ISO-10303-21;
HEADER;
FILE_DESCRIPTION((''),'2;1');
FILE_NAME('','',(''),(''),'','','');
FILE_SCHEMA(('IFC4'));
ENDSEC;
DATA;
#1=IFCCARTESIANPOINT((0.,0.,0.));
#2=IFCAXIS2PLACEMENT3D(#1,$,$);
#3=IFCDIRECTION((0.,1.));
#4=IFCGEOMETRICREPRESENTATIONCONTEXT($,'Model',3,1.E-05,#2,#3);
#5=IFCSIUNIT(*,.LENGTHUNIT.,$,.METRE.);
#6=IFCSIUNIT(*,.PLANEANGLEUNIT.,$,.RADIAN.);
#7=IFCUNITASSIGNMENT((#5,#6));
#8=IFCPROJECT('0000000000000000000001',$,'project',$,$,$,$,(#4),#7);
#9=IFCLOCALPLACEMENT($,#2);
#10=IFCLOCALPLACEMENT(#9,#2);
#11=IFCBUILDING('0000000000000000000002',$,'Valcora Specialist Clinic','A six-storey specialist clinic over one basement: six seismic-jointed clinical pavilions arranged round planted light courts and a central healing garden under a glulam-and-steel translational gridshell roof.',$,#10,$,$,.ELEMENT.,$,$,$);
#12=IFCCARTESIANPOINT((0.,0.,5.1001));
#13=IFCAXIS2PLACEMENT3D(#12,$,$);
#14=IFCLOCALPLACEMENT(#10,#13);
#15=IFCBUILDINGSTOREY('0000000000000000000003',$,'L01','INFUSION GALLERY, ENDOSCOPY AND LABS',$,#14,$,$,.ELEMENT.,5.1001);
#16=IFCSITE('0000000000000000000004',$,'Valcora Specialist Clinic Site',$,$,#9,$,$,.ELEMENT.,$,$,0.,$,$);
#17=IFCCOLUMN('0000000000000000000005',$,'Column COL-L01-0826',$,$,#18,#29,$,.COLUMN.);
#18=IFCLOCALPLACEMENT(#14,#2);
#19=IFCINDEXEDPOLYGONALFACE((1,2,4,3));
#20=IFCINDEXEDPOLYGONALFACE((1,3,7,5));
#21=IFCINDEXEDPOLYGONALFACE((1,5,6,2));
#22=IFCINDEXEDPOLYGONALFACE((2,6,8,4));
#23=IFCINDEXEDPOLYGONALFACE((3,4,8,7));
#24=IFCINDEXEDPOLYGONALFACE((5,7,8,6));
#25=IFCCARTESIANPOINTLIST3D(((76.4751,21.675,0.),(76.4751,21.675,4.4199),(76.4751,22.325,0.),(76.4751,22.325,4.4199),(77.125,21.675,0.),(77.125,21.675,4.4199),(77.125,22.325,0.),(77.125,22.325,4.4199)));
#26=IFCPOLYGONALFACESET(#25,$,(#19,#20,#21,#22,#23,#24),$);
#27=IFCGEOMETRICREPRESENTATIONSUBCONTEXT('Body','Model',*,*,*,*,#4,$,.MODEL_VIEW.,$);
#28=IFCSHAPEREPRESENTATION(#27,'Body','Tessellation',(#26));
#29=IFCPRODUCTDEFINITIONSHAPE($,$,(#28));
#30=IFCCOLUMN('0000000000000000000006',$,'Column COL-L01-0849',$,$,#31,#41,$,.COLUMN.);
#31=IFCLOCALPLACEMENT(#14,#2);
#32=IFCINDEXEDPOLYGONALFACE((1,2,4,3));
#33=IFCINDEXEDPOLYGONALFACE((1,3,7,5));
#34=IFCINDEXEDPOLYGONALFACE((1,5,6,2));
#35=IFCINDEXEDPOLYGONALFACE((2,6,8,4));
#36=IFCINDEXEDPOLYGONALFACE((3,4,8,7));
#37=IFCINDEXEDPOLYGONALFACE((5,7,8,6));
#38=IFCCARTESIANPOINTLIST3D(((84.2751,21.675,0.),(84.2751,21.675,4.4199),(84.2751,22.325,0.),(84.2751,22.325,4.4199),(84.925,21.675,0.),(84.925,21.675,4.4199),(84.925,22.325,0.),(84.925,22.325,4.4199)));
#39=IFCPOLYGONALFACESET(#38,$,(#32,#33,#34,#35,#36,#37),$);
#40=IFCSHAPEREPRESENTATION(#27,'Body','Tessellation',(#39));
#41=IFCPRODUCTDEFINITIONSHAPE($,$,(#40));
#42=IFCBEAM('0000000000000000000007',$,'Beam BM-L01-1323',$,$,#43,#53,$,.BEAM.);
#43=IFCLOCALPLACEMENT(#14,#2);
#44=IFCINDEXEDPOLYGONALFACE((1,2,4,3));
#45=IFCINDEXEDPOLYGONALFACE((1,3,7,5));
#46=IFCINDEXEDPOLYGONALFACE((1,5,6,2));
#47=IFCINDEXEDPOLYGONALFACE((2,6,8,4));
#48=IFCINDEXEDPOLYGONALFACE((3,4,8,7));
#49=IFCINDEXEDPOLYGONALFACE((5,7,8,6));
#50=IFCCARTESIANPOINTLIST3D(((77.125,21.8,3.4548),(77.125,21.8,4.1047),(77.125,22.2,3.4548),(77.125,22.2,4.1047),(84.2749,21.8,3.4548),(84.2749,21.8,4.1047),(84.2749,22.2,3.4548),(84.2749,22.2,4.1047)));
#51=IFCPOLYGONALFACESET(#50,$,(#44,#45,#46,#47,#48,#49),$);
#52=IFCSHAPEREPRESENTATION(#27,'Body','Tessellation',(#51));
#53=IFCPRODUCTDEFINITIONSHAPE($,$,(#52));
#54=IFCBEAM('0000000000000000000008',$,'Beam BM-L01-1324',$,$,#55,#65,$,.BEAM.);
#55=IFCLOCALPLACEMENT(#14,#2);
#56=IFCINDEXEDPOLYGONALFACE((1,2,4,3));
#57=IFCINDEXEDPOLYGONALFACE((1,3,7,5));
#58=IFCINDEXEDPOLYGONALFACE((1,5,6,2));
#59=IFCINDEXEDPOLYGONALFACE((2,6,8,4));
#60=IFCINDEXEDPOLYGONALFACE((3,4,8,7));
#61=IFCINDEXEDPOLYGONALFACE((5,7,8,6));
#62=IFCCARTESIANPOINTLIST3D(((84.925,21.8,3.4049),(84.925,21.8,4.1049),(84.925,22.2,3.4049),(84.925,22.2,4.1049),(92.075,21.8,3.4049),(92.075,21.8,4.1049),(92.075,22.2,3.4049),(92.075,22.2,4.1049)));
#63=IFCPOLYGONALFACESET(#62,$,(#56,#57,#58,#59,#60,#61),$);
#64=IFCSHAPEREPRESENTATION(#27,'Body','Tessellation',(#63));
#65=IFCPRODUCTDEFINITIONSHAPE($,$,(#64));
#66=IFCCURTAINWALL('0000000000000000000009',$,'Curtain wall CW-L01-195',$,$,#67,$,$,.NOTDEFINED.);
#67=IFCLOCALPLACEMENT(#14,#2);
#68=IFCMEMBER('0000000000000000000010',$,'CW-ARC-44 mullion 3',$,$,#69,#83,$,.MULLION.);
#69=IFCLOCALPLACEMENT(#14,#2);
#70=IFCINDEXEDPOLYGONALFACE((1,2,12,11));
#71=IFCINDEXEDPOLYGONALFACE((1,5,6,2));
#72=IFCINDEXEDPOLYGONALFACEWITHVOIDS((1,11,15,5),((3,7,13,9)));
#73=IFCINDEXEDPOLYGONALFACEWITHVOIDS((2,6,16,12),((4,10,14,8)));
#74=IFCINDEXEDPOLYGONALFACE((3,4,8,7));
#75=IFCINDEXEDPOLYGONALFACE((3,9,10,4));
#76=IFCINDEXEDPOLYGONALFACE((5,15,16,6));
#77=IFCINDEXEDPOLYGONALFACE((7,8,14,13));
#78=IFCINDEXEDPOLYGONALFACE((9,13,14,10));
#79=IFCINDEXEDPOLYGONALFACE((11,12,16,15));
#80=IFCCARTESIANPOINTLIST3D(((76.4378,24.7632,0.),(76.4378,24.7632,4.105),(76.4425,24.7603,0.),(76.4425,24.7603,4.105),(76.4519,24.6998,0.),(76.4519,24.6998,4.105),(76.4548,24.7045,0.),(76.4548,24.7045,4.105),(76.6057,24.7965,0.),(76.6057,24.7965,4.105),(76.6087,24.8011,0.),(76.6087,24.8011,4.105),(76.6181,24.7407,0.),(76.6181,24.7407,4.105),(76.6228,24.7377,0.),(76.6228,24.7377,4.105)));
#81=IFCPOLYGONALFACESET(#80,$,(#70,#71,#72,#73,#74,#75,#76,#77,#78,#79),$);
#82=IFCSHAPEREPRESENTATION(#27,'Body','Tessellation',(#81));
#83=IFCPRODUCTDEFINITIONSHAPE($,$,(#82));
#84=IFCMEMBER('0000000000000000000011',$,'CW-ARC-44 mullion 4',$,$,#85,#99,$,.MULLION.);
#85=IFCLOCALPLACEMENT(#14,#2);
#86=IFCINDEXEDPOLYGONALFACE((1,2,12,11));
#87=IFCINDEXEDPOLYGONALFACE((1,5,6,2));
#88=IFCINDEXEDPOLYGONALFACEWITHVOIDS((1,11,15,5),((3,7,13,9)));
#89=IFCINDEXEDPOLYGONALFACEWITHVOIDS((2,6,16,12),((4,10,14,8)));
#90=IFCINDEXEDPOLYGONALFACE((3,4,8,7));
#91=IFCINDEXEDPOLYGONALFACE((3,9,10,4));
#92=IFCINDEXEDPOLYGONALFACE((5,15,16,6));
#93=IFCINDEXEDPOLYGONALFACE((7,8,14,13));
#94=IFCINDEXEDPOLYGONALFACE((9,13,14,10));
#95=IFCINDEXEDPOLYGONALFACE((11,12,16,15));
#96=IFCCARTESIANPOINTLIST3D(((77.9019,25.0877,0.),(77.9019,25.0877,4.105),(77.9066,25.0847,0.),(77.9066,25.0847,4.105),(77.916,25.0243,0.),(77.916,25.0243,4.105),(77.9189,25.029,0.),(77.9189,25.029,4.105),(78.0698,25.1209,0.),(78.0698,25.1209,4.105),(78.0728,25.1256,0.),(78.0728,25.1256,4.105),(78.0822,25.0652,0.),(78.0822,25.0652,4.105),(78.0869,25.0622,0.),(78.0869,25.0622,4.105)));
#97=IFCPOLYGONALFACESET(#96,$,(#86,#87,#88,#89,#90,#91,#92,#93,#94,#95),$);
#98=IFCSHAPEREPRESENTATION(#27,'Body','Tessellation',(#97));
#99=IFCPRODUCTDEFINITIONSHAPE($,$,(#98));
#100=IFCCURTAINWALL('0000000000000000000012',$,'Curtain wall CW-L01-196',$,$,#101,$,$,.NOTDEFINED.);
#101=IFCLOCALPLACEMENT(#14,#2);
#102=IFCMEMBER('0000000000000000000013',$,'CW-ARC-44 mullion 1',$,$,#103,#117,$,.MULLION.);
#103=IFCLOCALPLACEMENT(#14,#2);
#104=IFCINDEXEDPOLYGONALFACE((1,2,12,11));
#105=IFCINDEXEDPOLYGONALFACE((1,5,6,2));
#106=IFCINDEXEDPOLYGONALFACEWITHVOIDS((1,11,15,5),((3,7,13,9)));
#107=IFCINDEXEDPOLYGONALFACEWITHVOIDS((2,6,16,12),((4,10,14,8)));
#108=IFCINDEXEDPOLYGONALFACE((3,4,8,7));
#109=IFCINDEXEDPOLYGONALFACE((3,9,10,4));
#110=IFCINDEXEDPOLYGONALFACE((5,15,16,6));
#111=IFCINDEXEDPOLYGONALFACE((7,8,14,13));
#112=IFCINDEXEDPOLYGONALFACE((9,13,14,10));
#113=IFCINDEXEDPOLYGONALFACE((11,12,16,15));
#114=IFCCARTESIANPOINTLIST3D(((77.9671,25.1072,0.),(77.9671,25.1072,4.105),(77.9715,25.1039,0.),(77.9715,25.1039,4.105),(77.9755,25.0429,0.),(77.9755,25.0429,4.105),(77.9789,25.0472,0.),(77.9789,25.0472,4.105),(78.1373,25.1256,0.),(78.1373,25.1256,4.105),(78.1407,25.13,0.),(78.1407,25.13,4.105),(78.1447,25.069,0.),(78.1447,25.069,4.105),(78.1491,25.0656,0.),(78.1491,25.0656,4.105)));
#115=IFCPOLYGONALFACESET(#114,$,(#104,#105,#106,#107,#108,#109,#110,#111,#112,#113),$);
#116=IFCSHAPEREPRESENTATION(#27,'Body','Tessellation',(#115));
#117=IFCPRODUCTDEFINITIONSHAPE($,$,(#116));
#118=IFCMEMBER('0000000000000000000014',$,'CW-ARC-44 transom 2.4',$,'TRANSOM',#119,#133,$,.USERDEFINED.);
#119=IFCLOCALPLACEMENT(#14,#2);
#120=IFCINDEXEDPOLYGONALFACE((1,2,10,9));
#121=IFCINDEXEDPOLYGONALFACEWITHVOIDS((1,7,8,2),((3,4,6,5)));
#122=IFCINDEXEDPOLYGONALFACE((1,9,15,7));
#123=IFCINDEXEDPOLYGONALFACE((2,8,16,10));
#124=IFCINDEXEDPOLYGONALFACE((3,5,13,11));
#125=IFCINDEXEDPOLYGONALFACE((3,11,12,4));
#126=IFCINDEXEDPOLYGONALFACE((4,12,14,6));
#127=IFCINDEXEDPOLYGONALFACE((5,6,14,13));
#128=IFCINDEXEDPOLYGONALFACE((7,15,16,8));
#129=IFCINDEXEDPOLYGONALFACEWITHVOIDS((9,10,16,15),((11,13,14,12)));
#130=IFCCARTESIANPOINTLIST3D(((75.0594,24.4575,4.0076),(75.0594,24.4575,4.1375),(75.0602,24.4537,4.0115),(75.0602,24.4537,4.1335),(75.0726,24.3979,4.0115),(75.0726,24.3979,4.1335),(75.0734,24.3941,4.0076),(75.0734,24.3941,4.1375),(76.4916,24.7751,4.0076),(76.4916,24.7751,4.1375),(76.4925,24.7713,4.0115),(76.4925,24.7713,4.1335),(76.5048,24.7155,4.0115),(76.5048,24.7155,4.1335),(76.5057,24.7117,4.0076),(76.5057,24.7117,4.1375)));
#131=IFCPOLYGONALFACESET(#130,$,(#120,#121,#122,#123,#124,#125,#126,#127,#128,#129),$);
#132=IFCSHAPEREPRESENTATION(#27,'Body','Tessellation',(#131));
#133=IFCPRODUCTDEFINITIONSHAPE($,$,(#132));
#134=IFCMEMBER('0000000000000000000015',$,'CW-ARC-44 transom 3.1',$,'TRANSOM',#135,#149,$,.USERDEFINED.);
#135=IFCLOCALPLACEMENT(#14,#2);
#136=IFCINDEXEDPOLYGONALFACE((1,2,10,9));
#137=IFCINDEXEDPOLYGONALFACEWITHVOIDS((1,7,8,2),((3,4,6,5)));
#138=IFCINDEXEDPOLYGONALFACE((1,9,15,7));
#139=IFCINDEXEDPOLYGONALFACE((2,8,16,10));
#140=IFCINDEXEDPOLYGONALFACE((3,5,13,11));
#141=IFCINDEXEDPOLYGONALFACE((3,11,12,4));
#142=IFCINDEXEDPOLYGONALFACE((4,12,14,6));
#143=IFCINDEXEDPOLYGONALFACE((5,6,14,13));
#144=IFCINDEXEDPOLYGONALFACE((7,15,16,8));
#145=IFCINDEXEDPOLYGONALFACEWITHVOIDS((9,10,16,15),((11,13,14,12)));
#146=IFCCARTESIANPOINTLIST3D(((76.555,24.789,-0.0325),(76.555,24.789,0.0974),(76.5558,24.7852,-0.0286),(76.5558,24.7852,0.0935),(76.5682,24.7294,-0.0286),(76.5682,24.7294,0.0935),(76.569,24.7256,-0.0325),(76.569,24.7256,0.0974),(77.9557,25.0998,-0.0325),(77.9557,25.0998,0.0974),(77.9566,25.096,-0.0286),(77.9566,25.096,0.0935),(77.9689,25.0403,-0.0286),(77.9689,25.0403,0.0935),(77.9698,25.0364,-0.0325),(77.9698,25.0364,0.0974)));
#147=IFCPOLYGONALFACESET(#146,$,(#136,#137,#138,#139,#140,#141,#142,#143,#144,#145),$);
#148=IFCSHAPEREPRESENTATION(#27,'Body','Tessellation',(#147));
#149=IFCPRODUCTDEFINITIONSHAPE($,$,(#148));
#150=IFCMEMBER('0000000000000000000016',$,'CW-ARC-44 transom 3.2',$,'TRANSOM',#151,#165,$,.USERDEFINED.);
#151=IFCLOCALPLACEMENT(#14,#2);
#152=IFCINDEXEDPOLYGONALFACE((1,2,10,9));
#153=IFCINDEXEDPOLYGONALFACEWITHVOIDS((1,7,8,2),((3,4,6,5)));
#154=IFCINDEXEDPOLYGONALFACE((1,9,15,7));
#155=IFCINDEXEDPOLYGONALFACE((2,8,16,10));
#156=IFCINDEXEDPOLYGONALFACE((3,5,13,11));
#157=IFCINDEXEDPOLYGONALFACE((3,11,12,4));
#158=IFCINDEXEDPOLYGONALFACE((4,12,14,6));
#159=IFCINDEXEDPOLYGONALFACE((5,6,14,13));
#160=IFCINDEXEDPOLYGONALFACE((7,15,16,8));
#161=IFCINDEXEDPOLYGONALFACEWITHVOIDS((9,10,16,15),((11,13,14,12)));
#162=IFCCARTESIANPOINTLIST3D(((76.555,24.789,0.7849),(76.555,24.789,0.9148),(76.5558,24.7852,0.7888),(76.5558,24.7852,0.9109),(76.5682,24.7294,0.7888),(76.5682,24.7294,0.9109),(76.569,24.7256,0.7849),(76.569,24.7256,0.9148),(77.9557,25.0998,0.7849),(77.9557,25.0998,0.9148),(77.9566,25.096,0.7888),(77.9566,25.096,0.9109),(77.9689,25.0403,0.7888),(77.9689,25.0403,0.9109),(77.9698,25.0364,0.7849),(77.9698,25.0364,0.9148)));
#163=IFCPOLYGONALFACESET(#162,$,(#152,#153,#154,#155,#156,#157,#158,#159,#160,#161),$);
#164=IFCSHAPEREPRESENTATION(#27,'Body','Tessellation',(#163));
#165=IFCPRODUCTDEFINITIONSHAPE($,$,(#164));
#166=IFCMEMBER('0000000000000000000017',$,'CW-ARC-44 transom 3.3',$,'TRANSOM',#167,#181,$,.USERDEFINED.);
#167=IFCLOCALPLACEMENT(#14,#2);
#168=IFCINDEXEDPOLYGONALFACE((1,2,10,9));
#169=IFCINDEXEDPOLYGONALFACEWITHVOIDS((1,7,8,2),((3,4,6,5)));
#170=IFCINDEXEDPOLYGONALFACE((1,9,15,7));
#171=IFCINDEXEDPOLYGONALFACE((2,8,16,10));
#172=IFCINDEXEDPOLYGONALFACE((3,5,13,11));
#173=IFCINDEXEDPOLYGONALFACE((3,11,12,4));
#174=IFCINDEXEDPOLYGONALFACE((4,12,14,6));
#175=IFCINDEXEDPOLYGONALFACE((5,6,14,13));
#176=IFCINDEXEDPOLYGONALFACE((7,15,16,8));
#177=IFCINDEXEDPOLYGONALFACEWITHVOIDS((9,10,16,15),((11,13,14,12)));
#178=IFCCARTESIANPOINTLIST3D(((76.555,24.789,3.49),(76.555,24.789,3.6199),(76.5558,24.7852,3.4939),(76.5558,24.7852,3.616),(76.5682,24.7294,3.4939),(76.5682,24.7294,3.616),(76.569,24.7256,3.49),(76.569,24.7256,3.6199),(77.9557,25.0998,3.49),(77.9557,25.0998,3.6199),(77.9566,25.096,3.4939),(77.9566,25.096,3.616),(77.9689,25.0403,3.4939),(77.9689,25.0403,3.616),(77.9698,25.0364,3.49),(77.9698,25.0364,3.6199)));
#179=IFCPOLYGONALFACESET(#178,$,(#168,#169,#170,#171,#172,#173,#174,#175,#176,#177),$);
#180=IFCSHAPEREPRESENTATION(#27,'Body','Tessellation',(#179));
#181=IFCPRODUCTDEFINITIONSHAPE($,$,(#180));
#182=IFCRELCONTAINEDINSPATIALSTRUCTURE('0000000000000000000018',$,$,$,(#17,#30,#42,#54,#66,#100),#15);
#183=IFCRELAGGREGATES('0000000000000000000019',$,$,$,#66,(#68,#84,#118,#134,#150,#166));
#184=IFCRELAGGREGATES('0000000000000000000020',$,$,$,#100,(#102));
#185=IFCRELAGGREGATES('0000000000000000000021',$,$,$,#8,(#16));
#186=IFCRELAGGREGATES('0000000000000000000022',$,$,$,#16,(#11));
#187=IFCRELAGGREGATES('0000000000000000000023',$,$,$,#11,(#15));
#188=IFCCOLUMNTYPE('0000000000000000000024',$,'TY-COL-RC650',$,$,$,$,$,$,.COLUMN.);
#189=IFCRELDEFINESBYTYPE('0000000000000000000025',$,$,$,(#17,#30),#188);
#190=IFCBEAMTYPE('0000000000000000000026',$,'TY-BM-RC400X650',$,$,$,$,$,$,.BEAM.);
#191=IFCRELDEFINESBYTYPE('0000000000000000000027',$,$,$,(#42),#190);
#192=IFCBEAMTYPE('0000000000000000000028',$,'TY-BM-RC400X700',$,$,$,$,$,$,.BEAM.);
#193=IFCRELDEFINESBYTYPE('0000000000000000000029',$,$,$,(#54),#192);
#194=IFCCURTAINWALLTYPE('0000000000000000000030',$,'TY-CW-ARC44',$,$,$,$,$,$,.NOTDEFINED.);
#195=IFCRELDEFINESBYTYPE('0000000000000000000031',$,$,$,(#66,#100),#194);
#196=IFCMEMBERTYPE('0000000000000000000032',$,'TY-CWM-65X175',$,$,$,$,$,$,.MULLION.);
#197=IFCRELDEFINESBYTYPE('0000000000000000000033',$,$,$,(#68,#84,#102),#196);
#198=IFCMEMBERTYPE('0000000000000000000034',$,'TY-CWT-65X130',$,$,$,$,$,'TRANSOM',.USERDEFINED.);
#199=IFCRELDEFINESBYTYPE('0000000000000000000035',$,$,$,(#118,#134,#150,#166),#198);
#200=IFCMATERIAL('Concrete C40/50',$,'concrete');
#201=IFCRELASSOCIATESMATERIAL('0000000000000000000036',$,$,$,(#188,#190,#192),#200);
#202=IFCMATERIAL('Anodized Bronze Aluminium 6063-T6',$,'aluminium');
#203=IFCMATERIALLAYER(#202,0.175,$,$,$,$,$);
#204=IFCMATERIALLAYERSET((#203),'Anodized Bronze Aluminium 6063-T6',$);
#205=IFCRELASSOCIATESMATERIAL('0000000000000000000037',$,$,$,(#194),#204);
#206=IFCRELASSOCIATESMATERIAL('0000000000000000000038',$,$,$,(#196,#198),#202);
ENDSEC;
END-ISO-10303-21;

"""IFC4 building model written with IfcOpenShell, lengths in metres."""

from ifc_helpers import new_model, si_unit, direction, frame, origin, origin_2d, place, context, subcontext, project, spatial, rectangle, hollow_rectangle, extrude, material, layer, layer_set, material_profile, profile_set, type_object, element, aggregate, save


model = new_model("IFC4")

# Units and contexts
model_context = context("Model", 3, precision=1e-05, world=origin(), true_north=direction((0.0, 1.0)))
body_context = subcontext(model_context, "Body", "Model", "MODEL_VIEW")
ifc_project = project(units=[si_unit("LENGTHUNIT", "METRE"), si_unit("PLANEANGLEUNIT", "RADIAN")], contexts=[model_context])

# Site, building, storey
site_placement = place(None, origin())
site = spatial("IfcSite", under=ifc_project, at=site_placement, Name="Valcora Specialist Clinic Site", CompositionType="ELEMENT", RefElevation=0.0)
building_placement = place(site_placement, origin())
building = spatial("IfcBuilding", under=site, at=building_placement, Name="Valcora Specialist Clinic", Description="A six-storey specialist clinic over one basement: six seismic-jointed clinical pavilions arranged round planted light courts and a central healing garden under a glulam-and-steel translational gridshell roof.", CompositionType="ELEMENT")
storey_placement = place(building_placement, frame((0.0, 0.0, 5.1001)))
storey = spatial("IfcBuildingStorey", under=building, at=storey_placement, Name="L01", Description="INFUSION GALLERY, ENDOSCOPY AND LABS", CompositionType="ELEMENT", Elevation=5.1001)

# Columns
ifc_material_1 = material(Name="Concrete C40/50", Category="concrete")
ifc_material_profile_1 = material_profile(ifc_material_1, rectangle(XDim=0.6499, YDim=0.6499, at=origin_2d()), Name="RC-COL-650X650")
ifc_profile_set_1 = profile_set([ifc_material_profile_1], Name="Concrete C40/50")
column_type = type_object("IfcColumnType", Name="TY-COL-RC650", PredefinedType="COLUMN", material=ifc_profile_set_1)
for number, where, z_axis, x_axis, name in (
    (1, (76.8, 22.0, 0.0), (0.0, 0.0, 1.0), (1.0, 0.0, 0.0), "Column COL-L01-0826"),
    (2, (84.6001, 22.0, 0.0), (0.0, 0.0, 1.0), (1.0, 0.0, 0.0), "Column COL-L01-0849"),
):
    element("IfcColumn", number, at=place(storey_placement, frame(where, z_axis=z_axis, x_axis=x_axis)), inside=storey, type_object=column_type, Name=name, PredefinedType="COLUMN", context=body_context, shape_type="SweptSolid", body=[
        extrude(rectangle(XDim=0.6499, YDim=0.6499, at=origin_2d()), origin(), (0.0, 0.0, 1.0), 4.4199),
    ])

# Beams
ifc_material_profile_2 = material_profile(ifc_material_1, rectangle(XDim=0.3999, YDim=0.6499, at=origin_2d()), Name="RC-BM-400X650")
ifc_profile_set_2 = profile_set([ifc_material_profile_2], Name="Concrete C40/50")
beam_type_1 = type_object("IfcBeamType", Name="TY-BM-RC400X650", PredefinedType="BEAM", material=ifc_profile_set_2)
beam_1_placement = place(storey_placement, frame((77.125, 22.0, 3.7798), z_axis=(1.0, 0.0, 0.0), x_axis=(0.0, 1.0, 0.0)))
element("IfcBeam", 3, at=beam_1_placement, inside=storey, type_object=beam_type_1, Name="Beam BM-L01-1323", PredefinedType="BEAM", context=body_context, shape_type="SweptSolid", body=[
    extrude(rectangle(XDim=0.3999, YDim=0.6499, at=origin_2d()), origin(), (0.0, 0.0, 1.0), 7.1499),
])
ifc_material_profile_3 = material_profile(ifc_material_1, rectangle(XDim=0.3999, YDim=0.7, at=origin_2d()), Name="RC-BM-400X700")
ifc_profile_set_3 = profile_set([ifc_material_profile_3], Name="Concrete C40/50")
beam_type_2 = type_object("IfcBeamType", Name="TY-BM-RC400X700", PredefinedType="BEAM", material=ifc_profile_set_3)
beam_2_placement = place(storey_placement, frame((84.925, 22.0, 3.7549), z_axis=(1.0, 0.0, 0.0), x_axis=(0.0, 1.0, 0.0)))
element("IfcBeam", 4, at=beam_2_placement, inside=storey, type_object=beam_type_2, Name="Beam BM-L01-1324", PredefinedType="BEAM", context=body_context, shape_type="SweptSolid", body=[
    extrude(rectangle(XDim=0.3999, YDim=0.7, at=origin_2d()), origin(), (0.0, 0.0, 1.0), 7.1499),
])

# Curtain wall, members
ifc_material_2 = material(Name="Anodized Bronze Aluminium 6063-T6", Category="aluminium")
ifc_layer_1 = layer(ifc_material_2, 0.175)
ifc_layer_set_1 = layer_set([ifc_layer_1], Name="Anodized Bronze Aluminium 6063-T6")
curtain_wall_type = type_object("IfcCurtainWallType", Name="TY-CW-ARC44", PredefinedType="NOTDEFINED", material=ifc_layer_set_1)
curtain_wall_1_placement = place(storey_placement, origin())
curtain_wall_1 = element("IfcCurtainWall", 5, at=curtain_wall_1_placement, inside=storey, type_object=curtain_wall_type, Name="Curtain wall CW-L01-195", PredefinedType="NOTDEFINED")
ifc_material_profile_4 = material_profile(ifc_material_2, hollow_rectangle(XDim=0.0649, YDim=0.175, WallThickness=0.0039, at=origin_2d()), Name="AL-MUL-65X175")
ifc_profile_set_4 = profile_set([ifc_material_profile_4], Name="Anodized Bronze Aluminium 6063-T6")
member_type_1 = type_object("IfcMemberType", Name="TY-CWM-65X175", PredefinedType="MULLION", material=ifc_profile_set_4)
member_1_placement = place(storey_placement, frame((76.5303, 24.7505, 0.0), z_axis=(0.0, 0.0, 1.0), x_axis=(-0.216518, 0.976279, 0.0)))
member_1 = element("IfcMember", 6, at=member_1_placement, type_object=member_type_1, Name="CW-ARC-44 mullion 3", PredefinedType="MULLION", context=body_context, shape_type="SweptSolid", body=[
    extrude(hollow_rectangle(XDim=0.0649, YDim=0.175, WallThickness=0.0039, at=origin_2d()), origin(), (0.0, 0.0, 1.0), 4.105),
])
member_2_placement = place(storey_placement, frame((77.9944, 25.075, 0.0), z_axis=(0.0, 0.0, 1.0), x_axis=(-0.216518, 0.976279, 0.0)))
member_2 = element("IfcMember", 7, at=member_2_placement, type_object=member_type_1, Name="CW-ARC-44 mullion 4", PredefinedType="MULLION", context=body_context, shape_type="SweptSolid", body=[
    extrude(hollow_rectangle(XDim=0.0649, YDim=0.175, WallThickness=0.0039, at=origin_2d()), origin(), (0.0, 0.0, 1.0), 4.105),
])

# Curtain wall, member
curtain_wall_2_placement = place(storey_placement, origin())
curtain_wall_2 = element("IfcCurtainWall", 8, at=curtain_wall_2_placement, inside=storey, type_object=curtain_wall_type, Name="Curtain wall CW-L01-196", PredefinedType="NOTDEFINED")
member_3_placement = place(storey_placement, frame((78.0581, 25.0864, 0.0), z_axis=(0.0, 0.0, 1.0), x_axis=(-0.129999, 0.991514, 0.0)))
member_3 = element("IfcMember", 9, at=member_3_placement, type_object=member_type_1, Name="CW-ARC-44 mullion 1", PredefinedType="MULLION", context=body_context, shape_type="SweptSolid", body=[
    extrude(hollow_rectangle(XDim=0.0649, YDim=0.175, WallThickness=0.0039, at=origin_2d()), origin(), (0.0, 0.0, 1.0), 4.105),
])

# Members
ifc_material_profile_5 = material_profile(ifc_material_2, hollow_rectangle(XDim=0.0649, YDim=0.1299, WallThickness=0.0039, at=origin_2d()), Name="AL-TRN-65X130")
ifc_profile_set_5 = profile_set([ifc_material_profile_5], Name="Anodized Bronze Aluminium 6063-T6")
member_type_2 = type_object("IfcMemberType", Name="TY-CWT-65X130", ElementType="TRANSOM", PredefinedType="USERDEFINED", material=ifc_profile_set_5)
member_4_placement = place(storey_placement, frame((75.0664, 24.4258, 4.0725), z_axis=(0.976277, 0.216525, 0.0), x_axis=(-0.216525, 0.976277, 0.0)))
member_4 = element("IfcMember", 10, at=member_4_placement, type_object=member_type_2, Name="CW-ARC-44 transom 2.4", ObjectType="TRANSOM", PredefinedType="USERDEFINED", context=body_context, shape_type="SweptSolid", body=[
    extrude(hollow_rectangle(XDim=0.0649, YDim=0.1299, WallThickness=0.0039, at=origin_2d()), origin(), (0.0, 0.0, 1.0), 1.467),
])
member_5_placement = place(storey_placement, frame((76.562, 24.7573, 0.0325), z_axis=(0.976255, 0.216624, 0.0), x_axis=(-0.216624, 0.976255, 0.0)))
member_5 = element("IfcMember", 11, at=member_5_placement, type_object=member_type_2, Name="CW-ARC-44 transom 3.1", ObjectType="TRANSOM", PredefinedType="USERDEFINED", context=body_context, shape_type="SweptSolid", body=[
    extrude(hollow_rectangle(XDim=0.0649, YDim=0.1299, WallThickness=0.0039, at=origin_2d()), origin(), (0.0, 0.0, 1.0), 1.4348),
])
member_6_placement = place(storey_placement, frame((76.562, 24.7573, 0.8499), z_axis=(0.976255, 0.216624, 0.0), x_axis=(-0.216624, 0.976255, 0.0)))
member_6 = element("IfcMember", 12, at=member_6_placement, type_object=member_type_2, Name="CW-ARC-44 transom 3.2", ObjectType="TRANSOM", PredefinedType="USERDEFINED", context=body_context, shape_type="SweptSolid", body=[
    extrude(hollow_rectangle(XDim=0.0649, YDim=0.1299, WallThickness=0.0039, at=origin_2d()), origin(), (0.0, 0.0, 1.0), 1.4348),
])
member_7_placement = place(storey_placement, frame((76.562, 24.7573, 3.5549), z_axis=(0.976255, 0.216624, 0.0), x_axis=(-0.216624, 0.976255, 0.0)))
member_7 = element("IfcMember", 13, at=member_7_placement, type_object=member_type_2, Name="CW-ARC-44 transom 3.3", ObjectType="TRANSOM", PredefinedType="USERDEFINED", context=body_context, shape_type="SweptSolid", body=[
    extrude(hollow_rectangle(XDim=0.0649, YDim=0.1299, WallThickness=0.0039, at=origin_2d()), origin(), (0.0, 0.0, 1.0), 1.4348),
])

aggregate(curtain_wall_1, [member_1, member_2, member_4, member_5, member_6, member_7])
aggregate(curtain_wall_2, [member_3])

save(model, "model.ifc")
